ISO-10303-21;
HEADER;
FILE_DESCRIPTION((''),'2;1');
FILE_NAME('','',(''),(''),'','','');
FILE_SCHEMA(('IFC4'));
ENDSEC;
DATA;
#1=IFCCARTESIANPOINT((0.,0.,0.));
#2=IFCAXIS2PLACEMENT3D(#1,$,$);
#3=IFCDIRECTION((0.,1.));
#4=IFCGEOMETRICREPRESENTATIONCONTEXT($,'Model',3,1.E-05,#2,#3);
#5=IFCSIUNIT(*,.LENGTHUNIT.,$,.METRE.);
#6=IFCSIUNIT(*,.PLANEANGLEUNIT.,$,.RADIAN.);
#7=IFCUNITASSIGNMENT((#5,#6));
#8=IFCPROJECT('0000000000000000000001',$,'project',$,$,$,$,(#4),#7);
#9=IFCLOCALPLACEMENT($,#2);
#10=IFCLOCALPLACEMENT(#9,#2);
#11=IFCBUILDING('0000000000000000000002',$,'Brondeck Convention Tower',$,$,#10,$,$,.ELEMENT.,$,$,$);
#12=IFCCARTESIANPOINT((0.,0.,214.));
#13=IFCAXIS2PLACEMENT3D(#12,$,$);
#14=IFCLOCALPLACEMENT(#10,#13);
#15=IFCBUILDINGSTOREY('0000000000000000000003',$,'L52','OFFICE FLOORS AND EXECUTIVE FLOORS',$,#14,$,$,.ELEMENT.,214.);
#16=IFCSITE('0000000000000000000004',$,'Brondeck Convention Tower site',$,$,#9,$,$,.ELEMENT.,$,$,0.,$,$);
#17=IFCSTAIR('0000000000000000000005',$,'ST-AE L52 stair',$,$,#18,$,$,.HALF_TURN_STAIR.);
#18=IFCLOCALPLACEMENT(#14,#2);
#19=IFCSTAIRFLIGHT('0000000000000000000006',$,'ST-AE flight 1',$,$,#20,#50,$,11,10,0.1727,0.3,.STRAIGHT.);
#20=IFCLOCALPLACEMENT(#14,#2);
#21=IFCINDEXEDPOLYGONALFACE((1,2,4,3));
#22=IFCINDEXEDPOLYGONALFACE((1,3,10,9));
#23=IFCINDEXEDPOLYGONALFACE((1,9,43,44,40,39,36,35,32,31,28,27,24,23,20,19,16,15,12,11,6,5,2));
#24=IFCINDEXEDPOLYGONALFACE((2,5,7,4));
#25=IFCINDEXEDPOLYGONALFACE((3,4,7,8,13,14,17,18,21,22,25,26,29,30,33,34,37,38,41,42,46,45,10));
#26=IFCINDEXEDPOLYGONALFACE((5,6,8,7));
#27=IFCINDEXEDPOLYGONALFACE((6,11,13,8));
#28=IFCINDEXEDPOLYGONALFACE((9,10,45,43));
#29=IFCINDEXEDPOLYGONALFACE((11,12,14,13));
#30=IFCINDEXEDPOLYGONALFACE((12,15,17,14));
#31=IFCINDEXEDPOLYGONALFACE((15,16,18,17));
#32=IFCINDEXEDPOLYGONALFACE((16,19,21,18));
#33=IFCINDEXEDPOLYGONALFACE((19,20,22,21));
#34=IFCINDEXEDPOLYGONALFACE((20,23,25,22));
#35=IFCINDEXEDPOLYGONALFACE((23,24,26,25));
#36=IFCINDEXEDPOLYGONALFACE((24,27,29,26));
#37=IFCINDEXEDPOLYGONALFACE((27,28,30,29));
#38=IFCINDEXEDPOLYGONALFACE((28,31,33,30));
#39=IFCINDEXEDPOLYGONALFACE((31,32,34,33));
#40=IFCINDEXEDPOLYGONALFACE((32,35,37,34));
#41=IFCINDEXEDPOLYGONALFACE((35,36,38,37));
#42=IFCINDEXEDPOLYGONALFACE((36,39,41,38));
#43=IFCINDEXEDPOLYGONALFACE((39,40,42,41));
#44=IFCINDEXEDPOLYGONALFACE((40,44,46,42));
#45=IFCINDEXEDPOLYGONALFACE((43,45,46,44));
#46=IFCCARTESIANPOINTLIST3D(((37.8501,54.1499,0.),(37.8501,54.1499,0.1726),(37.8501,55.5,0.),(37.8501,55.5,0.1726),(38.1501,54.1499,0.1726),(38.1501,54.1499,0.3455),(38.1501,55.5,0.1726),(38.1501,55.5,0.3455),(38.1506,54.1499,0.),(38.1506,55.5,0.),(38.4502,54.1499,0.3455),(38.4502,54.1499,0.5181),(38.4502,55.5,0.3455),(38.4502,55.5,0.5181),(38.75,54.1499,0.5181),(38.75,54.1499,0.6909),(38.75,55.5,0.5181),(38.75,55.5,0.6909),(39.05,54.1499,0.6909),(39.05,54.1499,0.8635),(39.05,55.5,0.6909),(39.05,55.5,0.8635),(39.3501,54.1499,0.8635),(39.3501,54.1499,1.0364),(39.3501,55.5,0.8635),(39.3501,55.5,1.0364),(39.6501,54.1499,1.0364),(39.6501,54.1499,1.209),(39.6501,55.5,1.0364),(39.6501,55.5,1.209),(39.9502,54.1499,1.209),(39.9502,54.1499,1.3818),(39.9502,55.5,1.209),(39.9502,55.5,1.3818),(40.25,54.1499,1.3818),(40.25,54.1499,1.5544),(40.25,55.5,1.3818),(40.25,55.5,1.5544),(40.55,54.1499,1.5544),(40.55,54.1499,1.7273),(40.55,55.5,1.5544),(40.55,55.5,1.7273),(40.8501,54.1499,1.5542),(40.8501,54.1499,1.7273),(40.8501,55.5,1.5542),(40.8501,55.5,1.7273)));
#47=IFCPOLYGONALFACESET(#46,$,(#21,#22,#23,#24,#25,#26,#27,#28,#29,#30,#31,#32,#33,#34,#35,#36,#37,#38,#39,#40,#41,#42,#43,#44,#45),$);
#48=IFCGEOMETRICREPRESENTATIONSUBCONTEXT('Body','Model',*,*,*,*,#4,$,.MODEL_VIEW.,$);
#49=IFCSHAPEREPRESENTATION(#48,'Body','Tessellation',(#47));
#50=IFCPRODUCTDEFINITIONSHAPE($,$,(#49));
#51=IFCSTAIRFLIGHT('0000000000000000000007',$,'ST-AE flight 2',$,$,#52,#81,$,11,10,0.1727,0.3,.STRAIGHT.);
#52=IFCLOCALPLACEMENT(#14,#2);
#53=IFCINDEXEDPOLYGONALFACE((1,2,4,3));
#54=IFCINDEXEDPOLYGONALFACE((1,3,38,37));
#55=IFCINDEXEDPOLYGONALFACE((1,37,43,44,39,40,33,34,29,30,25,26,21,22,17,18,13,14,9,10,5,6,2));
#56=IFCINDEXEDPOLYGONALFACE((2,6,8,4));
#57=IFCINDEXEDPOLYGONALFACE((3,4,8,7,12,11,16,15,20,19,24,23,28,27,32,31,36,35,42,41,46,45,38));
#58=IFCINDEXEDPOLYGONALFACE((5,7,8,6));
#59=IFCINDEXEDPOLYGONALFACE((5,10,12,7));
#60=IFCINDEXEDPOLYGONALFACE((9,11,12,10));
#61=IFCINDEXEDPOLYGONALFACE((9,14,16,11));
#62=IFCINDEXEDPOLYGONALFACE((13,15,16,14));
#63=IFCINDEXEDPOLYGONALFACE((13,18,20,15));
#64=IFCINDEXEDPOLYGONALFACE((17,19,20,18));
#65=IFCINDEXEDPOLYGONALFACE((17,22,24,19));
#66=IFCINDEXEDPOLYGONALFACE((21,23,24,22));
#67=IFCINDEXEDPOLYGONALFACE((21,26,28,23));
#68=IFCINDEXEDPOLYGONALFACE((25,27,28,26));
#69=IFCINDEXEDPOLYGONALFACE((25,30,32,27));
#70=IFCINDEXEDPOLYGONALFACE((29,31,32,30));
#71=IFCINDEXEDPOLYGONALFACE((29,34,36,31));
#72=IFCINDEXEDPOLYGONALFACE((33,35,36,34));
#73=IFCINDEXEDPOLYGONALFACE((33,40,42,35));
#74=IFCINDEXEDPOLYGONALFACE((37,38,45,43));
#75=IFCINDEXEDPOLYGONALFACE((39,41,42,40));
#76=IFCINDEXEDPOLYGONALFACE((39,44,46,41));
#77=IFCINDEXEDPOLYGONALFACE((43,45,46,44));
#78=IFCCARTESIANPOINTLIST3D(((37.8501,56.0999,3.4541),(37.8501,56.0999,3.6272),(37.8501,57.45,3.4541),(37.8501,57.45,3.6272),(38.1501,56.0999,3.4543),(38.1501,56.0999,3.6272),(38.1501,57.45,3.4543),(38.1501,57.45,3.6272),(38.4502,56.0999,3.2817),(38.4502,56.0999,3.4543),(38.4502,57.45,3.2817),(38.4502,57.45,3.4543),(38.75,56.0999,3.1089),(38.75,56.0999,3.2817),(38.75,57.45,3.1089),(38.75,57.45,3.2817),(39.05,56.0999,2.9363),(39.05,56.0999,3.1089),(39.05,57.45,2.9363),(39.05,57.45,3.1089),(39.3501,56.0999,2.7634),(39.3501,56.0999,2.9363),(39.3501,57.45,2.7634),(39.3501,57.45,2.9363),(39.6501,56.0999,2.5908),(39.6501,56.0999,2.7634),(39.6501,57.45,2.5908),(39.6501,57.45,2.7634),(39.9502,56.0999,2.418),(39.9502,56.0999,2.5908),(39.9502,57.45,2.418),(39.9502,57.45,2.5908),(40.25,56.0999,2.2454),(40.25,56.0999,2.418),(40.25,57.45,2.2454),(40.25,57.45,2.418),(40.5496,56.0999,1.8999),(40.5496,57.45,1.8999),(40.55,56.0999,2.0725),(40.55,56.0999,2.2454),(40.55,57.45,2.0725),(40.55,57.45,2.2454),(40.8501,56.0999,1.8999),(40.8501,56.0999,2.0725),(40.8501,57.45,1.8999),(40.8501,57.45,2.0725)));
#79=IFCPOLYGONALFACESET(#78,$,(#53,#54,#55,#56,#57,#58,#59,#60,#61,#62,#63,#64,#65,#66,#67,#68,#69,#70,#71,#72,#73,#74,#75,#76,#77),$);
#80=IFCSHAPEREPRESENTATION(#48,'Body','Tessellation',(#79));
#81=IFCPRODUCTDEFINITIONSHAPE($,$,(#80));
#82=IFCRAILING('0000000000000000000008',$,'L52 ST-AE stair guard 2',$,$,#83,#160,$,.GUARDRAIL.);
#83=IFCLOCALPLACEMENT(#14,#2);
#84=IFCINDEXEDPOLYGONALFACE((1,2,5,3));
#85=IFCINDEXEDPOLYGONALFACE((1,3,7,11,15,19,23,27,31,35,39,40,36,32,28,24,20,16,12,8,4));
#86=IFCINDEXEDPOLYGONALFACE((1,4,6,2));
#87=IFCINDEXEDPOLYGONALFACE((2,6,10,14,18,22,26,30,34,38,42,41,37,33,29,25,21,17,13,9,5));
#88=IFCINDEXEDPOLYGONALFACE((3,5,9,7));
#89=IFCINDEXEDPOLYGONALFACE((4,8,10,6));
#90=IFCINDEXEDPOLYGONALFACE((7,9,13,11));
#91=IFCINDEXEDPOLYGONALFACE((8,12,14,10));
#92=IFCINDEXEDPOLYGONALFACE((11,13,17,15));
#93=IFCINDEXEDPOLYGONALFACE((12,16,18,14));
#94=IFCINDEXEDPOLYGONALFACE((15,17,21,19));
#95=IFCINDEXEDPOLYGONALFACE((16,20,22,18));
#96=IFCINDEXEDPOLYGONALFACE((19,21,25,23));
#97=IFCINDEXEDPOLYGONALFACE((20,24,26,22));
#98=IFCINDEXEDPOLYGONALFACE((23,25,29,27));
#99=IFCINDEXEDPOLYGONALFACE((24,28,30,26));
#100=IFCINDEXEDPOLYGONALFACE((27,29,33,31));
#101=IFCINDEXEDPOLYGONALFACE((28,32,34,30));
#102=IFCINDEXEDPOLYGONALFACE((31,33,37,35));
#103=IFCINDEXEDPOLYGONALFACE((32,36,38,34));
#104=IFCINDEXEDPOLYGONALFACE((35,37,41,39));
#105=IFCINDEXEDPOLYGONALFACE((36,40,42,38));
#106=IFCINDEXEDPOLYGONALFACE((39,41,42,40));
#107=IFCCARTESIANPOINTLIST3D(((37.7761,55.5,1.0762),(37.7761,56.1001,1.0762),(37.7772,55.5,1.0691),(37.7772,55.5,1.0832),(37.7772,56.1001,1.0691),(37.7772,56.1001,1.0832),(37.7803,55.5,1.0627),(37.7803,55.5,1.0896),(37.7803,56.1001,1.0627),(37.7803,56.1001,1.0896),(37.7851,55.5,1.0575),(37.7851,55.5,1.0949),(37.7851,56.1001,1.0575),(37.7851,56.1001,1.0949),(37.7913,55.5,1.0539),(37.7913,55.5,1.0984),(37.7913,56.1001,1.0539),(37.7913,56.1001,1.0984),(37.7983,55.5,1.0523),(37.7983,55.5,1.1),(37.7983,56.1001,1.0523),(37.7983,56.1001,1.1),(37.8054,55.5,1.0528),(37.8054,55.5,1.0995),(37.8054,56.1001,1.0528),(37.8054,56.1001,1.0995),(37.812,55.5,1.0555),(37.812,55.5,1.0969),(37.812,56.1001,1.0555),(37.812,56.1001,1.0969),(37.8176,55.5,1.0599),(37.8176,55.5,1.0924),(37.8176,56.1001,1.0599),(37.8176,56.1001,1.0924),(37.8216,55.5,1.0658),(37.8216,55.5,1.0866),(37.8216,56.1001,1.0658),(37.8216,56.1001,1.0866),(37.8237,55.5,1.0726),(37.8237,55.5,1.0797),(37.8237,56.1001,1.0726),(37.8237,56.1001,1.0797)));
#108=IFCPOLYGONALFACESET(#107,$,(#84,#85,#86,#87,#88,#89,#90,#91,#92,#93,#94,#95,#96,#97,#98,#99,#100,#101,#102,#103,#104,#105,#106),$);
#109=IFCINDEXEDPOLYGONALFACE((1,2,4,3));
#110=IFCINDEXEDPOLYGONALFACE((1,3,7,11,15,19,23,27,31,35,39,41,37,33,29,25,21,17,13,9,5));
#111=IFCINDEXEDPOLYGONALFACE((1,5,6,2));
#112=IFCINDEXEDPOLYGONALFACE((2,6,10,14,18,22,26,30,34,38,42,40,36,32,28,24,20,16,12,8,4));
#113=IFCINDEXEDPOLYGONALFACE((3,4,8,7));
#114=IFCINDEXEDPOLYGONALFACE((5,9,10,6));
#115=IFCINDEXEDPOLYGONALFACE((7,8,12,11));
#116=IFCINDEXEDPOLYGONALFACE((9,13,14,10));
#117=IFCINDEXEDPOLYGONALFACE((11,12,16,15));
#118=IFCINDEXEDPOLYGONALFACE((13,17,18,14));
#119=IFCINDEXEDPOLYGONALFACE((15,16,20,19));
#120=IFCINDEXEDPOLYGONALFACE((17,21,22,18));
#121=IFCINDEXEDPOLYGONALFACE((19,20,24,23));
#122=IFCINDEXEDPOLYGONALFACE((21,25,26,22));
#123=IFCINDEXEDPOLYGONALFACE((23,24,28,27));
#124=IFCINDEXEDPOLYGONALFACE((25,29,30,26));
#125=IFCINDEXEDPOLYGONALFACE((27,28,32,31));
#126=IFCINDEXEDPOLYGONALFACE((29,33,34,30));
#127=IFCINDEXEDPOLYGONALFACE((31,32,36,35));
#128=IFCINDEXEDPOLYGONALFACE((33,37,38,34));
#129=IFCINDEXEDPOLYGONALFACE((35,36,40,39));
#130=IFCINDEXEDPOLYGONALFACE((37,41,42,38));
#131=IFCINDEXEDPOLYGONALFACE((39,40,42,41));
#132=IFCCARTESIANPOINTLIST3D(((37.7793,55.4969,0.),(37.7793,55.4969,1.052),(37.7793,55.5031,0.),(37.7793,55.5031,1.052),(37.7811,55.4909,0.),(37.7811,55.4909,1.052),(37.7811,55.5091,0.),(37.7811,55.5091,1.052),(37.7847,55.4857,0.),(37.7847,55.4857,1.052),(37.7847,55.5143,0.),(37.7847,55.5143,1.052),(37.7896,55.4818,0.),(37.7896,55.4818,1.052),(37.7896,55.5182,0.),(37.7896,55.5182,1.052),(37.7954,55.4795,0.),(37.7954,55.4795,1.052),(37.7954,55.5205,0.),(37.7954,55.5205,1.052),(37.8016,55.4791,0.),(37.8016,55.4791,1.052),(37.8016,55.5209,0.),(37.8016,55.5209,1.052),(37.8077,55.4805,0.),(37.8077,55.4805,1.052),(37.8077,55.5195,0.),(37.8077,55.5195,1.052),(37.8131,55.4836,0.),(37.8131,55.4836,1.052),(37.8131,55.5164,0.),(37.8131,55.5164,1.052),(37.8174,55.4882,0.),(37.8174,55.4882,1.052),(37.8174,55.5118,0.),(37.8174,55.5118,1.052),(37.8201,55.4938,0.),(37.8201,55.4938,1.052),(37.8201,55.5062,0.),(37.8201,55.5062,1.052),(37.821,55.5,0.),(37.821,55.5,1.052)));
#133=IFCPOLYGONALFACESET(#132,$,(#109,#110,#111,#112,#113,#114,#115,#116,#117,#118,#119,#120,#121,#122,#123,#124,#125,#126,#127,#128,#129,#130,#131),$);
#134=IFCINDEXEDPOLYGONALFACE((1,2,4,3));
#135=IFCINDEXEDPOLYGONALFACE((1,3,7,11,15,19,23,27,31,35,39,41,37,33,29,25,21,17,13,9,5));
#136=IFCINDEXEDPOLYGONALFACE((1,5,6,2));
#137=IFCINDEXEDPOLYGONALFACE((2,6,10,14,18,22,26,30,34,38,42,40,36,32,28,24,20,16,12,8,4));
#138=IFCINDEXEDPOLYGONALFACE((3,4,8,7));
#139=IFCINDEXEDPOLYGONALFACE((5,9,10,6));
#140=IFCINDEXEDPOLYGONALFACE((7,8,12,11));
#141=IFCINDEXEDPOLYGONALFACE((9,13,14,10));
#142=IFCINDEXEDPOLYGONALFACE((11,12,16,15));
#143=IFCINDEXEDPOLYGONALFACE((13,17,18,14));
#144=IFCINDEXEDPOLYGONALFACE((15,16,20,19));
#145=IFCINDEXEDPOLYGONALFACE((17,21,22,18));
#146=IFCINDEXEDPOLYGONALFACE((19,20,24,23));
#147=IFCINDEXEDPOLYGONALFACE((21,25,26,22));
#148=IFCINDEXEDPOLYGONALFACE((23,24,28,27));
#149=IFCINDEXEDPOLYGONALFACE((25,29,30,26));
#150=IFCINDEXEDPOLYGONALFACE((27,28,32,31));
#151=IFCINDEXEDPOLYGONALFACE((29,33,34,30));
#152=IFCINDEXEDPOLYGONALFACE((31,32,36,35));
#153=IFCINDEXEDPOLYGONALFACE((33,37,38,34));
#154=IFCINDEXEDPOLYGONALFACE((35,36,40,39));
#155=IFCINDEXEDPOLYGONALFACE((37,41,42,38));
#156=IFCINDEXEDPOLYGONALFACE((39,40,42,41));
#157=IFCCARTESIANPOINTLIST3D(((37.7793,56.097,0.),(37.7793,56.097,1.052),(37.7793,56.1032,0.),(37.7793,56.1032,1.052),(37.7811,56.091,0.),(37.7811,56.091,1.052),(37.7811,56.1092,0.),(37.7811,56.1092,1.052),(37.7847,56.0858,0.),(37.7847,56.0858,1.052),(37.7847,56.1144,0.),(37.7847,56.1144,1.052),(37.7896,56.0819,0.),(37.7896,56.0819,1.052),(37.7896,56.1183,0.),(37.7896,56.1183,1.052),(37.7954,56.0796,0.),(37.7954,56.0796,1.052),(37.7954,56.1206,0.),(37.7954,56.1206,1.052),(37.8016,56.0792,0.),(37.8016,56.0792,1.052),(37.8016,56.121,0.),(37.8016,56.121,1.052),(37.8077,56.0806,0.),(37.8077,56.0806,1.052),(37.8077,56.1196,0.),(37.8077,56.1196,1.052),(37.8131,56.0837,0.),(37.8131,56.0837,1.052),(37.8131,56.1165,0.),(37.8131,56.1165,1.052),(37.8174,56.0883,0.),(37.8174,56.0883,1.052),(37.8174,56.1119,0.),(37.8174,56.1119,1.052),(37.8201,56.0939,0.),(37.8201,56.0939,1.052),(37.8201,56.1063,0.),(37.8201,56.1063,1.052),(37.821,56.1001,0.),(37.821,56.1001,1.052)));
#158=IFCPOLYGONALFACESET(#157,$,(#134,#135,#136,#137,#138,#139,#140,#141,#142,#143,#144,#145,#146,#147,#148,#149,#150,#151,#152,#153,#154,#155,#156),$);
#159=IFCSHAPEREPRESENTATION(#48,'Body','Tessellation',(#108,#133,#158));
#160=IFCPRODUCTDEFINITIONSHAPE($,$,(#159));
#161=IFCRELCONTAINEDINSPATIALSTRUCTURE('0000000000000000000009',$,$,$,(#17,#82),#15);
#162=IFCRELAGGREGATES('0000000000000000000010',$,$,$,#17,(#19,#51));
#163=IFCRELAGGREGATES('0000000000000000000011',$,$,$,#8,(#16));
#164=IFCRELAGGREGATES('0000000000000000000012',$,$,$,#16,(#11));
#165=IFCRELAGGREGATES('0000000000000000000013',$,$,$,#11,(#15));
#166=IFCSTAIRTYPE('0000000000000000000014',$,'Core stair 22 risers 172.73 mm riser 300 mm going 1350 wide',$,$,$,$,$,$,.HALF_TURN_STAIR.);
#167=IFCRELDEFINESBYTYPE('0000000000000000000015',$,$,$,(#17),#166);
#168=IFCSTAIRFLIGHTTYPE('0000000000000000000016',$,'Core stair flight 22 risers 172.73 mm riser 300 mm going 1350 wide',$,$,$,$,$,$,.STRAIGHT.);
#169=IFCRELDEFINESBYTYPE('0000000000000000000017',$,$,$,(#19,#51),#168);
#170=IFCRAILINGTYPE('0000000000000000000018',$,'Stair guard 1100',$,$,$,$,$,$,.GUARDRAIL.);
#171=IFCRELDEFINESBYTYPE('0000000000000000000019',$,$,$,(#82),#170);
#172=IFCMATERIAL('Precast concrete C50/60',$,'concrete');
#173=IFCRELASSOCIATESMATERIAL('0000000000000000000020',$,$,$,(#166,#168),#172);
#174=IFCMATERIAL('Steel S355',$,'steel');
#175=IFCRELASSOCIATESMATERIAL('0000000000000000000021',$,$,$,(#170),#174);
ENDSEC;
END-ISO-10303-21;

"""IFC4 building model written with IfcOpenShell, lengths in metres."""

from ifc_helpers import new_model, si_unit, direction, frame, origin, origin_2d, place, context, subcontext, project, spatial, polyline, circle, outline, extrude, material, type_object, element, aggregate, save


model = new_model("IFC4")

# Units and contexts
model_context = context("Model", 3, precision=1e-05, world=origin(), true_north=direction((0.0, 1.0)))
body_context = subcontext(model_context, "Body", "Model", "MODEL_VIEW")
ifc_project = project(units=[si_unit("LENGTHUNIT", "METRE"), si_unit("PLANEANGLEUNIT", "RADIAN")], contexts=[model_context])

# Site, building, storey
site_placement = place(None, origin())
site = spatial("IfcSite", under=ifc_project, at=site_placement, Name="Brondeck Convention Tower site", CompositionType="ELEMENT", RefElevation=0.0)
building_placement = place(site_placement, origin())
building = spatial("IfcBuilding", under=site, at=building_placement, Name="Brondeck Convention Tower", CompositionType="ELEMENT")
storey_placement = place(building_placement, frame((0.0, 0.0, 214.0)))
storey = spatial("IfcBuildingStorey", under=building, at=storey_placement, Name="L52", Description="OFFICE FLOORS AND EXECUTIVE FLOORS", CompositionType="ELEMENT", Elevation=214.0)

# Shared definitions
ifc_material_1 = material(Name="Steel S355", Category="steel")

# Stair, stair flights
ifc_material_2 = material(Name="Precast concrete C50/60", Category="concrete")
stair_type = type_object("IfcStairType", Name="Core stair 22 risers 172.73 mm riser 300 mm going 1350 wide", PredefinedType="HALF_TURN_STAIR", material=ifc_material_2)
stair_placement = place(storey_placement, origin())
stair = element("IfcStair", 1, at=stair_placement, inside=storey, type_object=stair_type, Name="ST-AE L52 stair", PredefinedType="HALF_TURN_STAIR")
stair_flight_type = type_object("IfcStairFlightType", Name="Core stair flight 22 risers 172.73 mm riser 300 mm going 1350 wide", PredefinedType="STRAIGHT", material=ifc_material_2)
stair_flight_1_placement = place(storey_placement, frame((37.8501, 54.825, 0.0), z_axis=(0.0, 0.0, 1.0), x_axis=(1.0, 0.0, 0.0)))
stair_flight_1 = element("IfcStairFlight", 2, at=stair_flight_1_placement, type_object=stair_flight_type, Name="ST-AE flight 1", NumberOfRisers=11, NumberOfTreads=10, PredefinedType="STRAIGHT", RiserHeight=0.1727, TreadLength=0.3, context=body_context, shape_type="SweptSolid", body=[
    extrude(outline(polyline([(0.0, 0.0), (0.0, 0.1726), (0.3, 0.1726), (0.3, 0.3455), (0.6001, 0.3455), (0.6001, 0.5181), (0.8999, 0.5181), (0.8999, 0.6909), (1.2, 0.6909), (1.2, 0.8635), (1.5, 0.8635), (1.5, 1.0364), (1.8, 1.0364), (1.8, 1.209), (2.1001, 1.209), (2.1001, 1.3818), (2.3999, 1.3818), (2.3999, 1.5544), (2.7, 1.5544), (2.7, 1.7273), (3.0, 1.7273), (3.0, 1.8999), (3.0, 1.5542), (0.3005, 0.0), (0.0, 0.0)])), frame((0.0, 0.675, 0.0), z_axis=(0.0, -1.0, 0.0), x_axis=(1.0, 0.0, 0.0)), (0.0, 0.0, 1.0), 1.3501),
])
stair_flight_2_placement = place(storey_placement, frame((40.8501, 56.7749, 1.8999), z_axis=(0.0, 0.0, 1.0), x_axis=(-1.0, 0.0, 0.0)))
stair_flight_2 = element("IfcStairFlight", 3, at=stair_flight_2_placement, type_object=stair_flight_type, Name="ST-AE flight 2", NumberOfRisers=11, NumberOfTreads=10, PredefinedType="STRAIGHT", RiserHeight=0.1727, TreadLength=0.3, context=body_context, shape_type="SweptSolid", body=[
    extrude(outline(polyline([(0.0, 0.0), (0.0, 0.1726), (0.3, 0.1726), (0.3, 0.3455), (0.6001, 0.3455), (0.6001, 0.5181), (0.8999, 0.5181), (0.8999, 0.6909), (1.2, 0.6909), (1.2, 0.8635), (1.5, 0.8635), (1.5, 1.0364), (1.8, 1.0364), (1.8, 1.209), (2.1001, 1.209), (2.1001, 1.3818), (2.3999, 1.3818), (2.3999, 1.5544), (2.7, 1.5544), (2.7, 1.7273), (3.0, 1.7273), (3.0, 1.8999), (3.0, 1.5542), (0.3005, 0.0), (0.0, 0.0)])), frame((0.0, 0.675, 0.0), z_axis=(0.0, -1.0, 0.0), x_axis=(1.0, 0.0, 0.0)), (0.0, 0.0, 1.0), 1.3501),
])
aggregate(stair, [stair_flight_1, stair_flight_2])

# Railing
railing_type_1 = type_object("IfcRailingType", Name="Stair guard 1100", PredefinedType="GUARDRAIL", material=ifc_material_1)
railing_1_placement = place(storey_placement, frame((37.8, 55.5, 0.0)))
element("IfcRailing", 4, at=railing_1_placement, inside=storey, type_object=railing_type_1, Name="L52 ST-AE stair guard 2", PredefinedType="GUARDRAIL", context=body_context, shape_type="SweptSolid", body=[
    extrude(circle(Radius=0.0239, at=origin_2d()), frame((0.0, 0.0, 1.0762), z_axis=(0.0, 1.0, 0.0), x_axis=(-1.0, 0.0, 0.0)), (0.0, 0.0, 1.0), 0.6001),
    extrude(circle(Radius=0.021, at=origin_2d()), origin(), (0.0, 0.0, 1.0), 1.052),
    extrude(circle(Radius=0.021, at=origin_2d()), frame((0.0, 0.6001, 0.0)), (0.0, 0.0, 1.0), 1.052),
])

save(model, "model.ifc")
